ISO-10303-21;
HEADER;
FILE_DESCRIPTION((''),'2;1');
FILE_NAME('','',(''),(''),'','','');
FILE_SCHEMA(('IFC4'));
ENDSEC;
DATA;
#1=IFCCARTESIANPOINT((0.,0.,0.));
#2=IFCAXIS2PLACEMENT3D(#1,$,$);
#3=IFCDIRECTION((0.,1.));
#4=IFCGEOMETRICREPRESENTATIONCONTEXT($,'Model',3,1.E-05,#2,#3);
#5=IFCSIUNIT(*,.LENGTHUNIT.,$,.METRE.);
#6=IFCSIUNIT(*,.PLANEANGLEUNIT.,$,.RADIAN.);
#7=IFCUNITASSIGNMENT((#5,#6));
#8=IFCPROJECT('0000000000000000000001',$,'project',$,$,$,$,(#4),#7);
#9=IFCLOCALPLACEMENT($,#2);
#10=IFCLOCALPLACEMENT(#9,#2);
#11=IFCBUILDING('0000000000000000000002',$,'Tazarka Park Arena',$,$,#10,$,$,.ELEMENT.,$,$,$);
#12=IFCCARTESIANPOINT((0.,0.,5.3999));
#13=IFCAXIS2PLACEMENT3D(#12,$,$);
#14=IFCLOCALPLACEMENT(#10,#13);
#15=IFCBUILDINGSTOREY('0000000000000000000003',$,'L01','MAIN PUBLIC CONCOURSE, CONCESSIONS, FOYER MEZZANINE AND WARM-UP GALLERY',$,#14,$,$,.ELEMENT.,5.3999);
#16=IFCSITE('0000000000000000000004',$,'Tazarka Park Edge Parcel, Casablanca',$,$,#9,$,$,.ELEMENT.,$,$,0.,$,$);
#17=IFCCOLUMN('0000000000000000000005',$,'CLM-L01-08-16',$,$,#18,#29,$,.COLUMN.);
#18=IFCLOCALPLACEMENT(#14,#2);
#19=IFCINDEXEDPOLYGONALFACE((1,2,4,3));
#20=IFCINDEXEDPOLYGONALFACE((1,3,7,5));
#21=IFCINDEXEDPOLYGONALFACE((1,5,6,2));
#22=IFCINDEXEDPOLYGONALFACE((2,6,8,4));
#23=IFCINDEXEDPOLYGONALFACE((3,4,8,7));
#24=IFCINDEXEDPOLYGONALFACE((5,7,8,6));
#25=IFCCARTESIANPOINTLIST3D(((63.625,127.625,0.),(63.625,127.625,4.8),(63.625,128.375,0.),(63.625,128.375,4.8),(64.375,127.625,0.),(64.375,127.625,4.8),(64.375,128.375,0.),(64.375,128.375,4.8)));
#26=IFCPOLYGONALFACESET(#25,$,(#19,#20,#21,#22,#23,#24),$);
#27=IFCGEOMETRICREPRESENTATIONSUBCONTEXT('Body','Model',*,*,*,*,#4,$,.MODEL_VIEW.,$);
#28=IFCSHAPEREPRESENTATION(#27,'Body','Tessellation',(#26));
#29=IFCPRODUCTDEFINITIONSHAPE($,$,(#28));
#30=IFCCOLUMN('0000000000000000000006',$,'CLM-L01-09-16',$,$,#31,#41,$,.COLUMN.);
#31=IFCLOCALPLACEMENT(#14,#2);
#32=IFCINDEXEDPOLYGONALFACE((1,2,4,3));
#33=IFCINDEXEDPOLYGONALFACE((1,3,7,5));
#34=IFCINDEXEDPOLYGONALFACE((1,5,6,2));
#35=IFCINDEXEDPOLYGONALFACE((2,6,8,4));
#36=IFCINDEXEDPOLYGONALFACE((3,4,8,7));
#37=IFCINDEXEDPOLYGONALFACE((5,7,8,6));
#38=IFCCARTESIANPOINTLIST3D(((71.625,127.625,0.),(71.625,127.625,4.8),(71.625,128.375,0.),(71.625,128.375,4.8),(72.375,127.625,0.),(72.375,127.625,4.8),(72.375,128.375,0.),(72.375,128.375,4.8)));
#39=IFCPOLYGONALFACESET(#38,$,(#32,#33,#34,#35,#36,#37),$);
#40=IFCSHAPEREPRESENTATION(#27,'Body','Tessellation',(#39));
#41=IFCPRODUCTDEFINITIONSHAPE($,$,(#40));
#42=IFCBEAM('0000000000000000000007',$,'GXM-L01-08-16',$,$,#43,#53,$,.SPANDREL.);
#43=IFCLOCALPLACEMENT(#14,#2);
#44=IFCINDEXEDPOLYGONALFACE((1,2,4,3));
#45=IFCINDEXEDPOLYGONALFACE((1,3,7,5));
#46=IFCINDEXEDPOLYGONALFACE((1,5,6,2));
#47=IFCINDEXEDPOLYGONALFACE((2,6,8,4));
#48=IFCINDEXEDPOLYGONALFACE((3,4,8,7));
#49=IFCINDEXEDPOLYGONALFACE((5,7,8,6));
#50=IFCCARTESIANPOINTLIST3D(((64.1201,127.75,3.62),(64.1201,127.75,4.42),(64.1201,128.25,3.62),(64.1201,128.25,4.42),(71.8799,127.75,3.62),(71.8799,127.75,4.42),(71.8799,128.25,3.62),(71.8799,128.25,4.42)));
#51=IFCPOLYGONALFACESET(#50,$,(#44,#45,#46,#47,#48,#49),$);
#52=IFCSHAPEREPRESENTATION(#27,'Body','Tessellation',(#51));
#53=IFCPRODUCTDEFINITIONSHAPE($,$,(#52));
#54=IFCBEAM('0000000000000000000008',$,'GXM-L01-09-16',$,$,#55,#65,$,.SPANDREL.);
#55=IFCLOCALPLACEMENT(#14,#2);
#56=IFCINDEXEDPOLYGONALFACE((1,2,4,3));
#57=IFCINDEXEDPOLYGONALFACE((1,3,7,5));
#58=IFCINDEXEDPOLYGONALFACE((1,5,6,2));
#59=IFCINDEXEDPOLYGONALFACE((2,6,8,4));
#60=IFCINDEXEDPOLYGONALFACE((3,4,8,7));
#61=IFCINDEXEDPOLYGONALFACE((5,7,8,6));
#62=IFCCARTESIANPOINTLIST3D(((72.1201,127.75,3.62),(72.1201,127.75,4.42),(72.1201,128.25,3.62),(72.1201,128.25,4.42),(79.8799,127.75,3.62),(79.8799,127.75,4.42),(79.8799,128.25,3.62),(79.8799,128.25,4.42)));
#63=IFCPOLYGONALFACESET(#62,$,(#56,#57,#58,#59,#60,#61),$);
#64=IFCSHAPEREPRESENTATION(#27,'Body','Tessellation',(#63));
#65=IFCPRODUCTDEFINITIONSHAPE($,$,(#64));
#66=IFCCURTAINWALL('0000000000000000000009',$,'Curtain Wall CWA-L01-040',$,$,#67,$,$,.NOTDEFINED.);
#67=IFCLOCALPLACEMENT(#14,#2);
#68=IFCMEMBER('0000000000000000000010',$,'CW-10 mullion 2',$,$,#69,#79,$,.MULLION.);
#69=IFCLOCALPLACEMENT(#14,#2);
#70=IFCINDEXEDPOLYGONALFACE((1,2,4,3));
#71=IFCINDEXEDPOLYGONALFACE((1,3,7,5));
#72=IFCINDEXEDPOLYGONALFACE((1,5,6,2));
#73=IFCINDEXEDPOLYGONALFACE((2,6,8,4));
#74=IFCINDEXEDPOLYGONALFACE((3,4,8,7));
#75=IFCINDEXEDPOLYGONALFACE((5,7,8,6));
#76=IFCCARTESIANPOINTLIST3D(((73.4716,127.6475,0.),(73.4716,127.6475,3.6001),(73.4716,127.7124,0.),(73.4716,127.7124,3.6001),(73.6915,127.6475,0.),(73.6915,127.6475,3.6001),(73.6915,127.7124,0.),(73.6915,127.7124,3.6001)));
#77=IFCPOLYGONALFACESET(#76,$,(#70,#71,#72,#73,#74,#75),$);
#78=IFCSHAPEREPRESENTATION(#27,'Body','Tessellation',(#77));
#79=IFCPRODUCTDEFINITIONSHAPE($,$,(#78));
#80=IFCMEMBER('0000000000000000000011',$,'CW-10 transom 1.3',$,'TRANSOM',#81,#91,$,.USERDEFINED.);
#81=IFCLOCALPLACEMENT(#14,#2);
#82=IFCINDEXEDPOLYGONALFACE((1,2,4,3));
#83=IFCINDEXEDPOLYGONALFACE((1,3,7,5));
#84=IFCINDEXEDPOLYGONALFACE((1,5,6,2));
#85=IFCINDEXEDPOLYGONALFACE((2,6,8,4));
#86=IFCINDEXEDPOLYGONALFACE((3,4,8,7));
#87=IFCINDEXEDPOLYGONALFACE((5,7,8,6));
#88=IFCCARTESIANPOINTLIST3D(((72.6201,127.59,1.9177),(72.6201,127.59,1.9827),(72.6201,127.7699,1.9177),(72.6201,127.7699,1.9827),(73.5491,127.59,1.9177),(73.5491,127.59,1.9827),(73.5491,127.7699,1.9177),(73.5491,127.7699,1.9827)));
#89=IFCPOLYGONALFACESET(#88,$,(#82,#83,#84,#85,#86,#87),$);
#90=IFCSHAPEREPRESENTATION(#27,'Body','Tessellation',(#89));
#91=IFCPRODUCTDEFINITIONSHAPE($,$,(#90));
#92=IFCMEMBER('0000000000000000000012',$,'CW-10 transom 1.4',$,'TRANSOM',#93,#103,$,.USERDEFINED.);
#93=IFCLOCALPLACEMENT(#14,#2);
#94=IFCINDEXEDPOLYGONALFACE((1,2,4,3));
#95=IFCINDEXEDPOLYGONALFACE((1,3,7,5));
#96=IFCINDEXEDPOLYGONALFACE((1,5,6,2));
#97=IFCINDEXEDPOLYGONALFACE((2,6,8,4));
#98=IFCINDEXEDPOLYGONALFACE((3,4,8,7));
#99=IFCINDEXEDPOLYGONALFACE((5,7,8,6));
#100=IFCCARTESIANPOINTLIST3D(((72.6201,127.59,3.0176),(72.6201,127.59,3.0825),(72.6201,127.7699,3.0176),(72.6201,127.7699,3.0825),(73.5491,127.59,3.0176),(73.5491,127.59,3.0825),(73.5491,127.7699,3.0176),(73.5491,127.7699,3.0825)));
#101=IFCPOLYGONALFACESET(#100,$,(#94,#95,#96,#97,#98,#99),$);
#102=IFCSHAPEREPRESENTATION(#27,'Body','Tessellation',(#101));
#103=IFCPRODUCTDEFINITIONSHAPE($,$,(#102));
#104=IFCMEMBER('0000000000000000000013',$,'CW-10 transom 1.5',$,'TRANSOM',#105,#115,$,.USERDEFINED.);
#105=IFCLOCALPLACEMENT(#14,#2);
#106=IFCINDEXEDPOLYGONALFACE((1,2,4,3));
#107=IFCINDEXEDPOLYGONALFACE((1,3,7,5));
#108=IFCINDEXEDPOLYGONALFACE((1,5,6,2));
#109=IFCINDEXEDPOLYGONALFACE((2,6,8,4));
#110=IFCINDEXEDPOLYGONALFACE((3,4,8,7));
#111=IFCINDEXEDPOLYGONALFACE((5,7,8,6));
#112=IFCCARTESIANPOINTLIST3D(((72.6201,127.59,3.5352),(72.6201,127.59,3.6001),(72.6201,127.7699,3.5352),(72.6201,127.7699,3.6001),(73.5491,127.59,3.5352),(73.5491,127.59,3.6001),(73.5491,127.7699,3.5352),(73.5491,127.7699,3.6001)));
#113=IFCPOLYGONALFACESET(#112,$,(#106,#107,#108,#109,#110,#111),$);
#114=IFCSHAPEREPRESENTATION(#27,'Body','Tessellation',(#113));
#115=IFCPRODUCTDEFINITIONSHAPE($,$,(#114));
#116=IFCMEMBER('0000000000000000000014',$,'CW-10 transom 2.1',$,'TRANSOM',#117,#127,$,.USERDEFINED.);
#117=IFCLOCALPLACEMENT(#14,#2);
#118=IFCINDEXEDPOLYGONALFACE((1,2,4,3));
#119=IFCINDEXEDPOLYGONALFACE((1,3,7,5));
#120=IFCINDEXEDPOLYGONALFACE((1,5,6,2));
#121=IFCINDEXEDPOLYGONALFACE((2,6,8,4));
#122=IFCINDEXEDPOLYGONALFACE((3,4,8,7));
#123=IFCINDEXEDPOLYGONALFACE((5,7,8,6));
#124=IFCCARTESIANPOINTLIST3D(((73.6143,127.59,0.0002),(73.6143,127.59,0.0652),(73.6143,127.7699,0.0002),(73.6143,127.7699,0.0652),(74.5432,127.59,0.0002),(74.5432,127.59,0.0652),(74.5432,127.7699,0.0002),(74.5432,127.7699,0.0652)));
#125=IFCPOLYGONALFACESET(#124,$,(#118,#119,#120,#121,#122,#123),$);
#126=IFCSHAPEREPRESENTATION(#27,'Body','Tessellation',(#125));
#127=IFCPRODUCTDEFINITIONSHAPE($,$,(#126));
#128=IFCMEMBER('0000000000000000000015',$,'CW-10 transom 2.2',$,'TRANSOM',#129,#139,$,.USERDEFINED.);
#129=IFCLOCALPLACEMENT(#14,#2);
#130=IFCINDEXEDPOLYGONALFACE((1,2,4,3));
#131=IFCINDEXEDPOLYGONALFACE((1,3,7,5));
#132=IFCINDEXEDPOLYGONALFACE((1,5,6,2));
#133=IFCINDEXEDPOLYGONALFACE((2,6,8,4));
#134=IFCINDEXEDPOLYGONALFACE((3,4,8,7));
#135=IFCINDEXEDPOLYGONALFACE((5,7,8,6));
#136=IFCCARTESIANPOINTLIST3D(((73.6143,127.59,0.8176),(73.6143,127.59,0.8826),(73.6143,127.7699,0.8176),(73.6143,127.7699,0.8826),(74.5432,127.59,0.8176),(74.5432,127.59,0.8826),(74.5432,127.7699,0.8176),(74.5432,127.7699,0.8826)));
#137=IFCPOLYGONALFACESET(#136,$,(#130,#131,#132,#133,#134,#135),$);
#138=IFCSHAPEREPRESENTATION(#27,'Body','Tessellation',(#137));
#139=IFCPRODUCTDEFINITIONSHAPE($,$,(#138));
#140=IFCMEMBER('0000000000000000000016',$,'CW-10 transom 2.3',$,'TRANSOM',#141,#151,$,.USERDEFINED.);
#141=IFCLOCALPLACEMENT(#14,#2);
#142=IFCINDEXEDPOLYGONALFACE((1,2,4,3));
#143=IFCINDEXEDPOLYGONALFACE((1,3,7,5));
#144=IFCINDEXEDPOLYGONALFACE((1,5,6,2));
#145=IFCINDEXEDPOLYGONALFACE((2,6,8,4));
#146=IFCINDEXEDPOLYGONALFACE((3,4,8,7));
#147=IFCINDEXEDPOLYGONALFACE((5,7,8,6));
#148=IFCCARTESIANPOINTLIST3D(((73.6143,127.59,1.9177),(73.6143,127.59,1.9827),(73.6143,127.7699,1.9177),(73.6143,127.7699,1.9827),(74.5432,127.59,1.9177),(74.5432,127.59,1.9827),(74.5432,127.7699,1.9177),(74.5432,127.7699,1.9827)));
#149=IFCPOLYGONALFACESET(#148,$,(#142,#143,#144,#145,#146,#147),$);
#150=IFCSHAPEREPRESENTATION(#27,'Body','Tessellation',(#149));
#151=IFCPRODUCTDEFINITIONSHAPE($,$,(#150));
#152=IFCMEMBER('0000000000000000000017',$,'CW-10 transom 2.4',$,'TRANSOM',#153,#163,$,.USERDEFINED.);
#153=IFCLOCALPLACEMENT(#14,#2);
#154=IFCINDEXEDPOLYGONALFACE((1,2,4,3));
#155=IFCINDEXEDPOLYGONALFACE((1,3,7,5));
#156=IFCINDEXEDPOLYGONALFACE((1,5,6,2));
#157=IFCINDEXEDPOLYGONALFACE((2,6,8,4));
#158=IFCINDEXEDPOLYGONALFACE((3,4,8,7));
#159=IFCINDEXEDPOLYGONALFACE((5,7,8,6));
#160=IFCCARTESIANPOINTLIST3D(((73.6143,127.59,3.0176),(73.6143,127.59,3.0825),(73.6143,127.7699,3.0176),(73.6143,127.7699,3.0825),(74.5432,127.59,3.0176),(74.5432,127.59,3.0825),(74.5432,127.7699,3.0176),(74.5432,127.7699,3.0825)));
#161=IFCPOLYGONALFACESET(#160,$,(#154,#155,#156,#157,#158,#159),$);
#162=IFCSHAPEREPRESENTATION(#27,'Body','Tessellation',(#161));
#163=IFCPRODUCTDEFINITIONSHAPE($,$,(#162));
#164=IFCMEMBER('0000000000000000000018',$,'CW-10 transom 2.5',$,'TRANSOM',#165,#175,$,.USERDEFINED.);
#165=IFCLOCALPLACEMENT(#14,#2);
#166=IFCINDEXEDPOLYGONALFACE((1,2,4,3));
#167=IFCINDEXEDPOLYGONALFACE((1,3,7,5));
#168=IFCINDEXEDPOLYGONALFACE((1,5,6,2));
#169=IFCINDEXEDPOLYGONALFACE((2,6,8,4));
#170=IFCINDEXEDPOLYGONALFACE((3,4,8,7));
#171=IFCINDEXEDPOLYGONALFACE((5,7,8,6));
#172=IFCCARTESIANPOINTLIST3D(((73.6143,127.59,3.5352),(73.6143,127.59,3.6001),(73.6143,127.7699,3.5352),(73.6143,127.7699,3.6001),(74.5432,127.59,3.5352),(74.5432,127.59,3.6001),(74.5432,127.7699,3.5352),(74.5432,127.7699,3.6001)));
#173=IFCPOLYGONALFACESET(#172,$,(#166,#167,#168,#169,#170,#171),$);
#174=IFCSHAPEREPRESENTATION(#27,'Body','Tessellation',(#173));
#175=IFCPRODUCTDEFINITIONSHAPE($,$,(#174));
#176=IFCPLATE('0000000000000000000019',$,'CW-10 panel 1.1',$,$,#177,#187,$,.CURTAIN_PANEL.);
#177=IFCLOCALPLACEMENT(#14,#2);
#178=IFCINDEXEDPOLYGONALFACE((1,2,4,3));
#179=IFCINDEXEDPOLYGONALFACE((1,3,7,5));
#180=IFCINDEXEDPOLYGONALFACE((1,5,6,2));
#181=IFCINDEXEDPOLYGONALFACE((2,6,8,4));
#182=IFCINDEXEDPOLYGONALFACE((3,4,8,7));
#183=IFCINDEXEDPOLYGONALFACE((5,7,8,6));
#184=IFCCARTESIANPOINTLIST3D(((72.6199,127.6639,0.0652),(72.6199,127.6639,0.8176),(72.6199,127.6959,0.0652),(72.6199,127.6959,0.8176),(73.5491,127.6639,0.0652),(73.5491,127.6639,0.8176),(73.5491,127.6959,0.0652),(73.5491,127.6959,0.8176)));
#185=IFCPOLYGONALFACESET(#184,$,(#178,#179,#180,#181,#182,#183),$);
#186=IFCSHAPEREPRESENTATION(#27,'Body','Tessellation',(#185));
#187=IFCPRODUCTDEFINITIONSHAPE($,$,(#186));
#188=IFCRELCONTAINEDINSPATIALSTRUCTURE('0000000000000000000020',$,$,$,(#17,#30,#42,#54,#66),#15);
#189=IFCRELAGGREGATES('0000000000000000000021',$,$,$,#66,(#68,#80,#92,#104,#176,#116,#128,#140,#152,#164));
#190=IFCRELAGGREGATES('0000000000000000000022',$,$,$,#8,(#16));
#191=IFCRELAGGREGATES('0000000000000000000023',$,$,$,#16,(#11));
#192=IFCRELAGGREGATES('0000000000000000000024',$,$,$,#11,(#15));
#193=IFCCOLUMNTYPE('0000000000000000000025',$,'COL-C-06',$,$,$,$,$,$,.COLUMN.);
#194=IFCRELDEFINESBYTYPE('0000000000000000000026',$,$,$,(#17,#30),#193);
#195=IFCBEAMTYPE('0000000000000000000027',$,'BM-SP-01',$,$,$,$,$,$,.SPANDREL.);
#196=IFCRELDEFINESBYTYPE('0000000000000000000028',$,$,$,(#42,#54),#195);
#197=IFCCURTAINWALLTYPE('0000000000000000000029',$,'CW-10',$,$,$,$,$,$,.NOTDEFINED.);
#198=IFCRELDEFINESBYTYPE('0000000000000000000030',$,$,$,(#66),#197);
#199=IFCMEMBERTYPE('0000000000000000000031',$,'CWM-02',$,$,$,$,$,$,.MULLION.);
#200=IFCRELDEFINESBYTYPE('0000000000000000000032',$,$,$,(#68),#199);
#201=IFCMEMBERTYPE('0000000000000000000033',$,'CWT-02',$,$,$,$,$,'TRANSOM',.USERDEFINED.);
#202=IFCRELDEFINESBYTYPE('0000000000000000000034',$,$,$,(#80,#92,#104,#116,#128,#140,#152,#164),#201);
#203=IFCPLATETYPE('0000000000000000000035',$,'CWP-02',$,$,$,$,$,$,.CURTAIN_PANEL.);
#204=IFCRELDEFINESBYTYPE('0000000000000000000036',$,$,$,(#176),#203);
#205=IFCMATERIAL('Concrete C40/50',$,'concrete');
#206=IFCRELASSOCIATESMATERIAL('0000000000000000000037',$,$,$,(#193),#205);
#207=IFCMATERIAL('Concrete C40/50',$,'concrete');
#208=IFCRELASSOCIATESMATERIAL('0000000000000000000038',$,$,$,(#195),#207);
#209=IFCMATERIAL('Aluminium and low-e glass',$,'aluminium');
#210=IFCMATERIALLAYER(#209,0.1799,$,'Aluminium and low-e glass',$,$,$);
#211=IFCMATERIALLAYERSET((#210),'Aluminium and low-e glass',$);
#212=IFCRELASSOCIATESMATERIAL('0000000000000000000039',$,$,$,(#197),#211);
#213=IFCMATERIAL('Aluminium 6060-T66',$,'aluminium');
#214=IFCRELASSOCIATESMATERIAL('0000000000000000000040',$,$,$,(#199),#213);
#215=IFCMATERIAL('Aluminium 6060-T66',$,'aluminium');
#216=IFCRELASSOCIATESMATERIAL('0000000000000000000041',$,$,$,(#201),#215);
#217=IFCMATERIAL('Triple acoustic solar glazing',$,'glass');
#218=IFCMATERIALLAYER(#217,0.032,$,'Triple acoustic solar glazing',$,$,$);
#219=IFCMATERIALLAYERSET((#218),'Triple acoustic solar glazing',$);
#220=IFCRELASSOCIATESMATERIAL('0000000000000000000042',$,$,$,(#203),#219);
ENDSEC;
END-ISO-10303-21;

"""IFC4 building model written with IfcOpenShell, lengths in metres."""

from ifc_helpers import new_model, si_unit, direction, frame, origin, origin_2d, place, context, subcontext, project, spatial, rectangle, extrude, material, layer, layer_set, material_profile, profile_set, type_object, element, aggregate, save


model = new_model("IFC4")

# Units and contexts
model_context = context("Model", 3, precision=1e-05, world=origin(), true_north=direction((0.0, 1.0)))
body_context = subcontext(model_context, "Body", "Model", "MODEL_VIEW")
ifc_project = project(units=[si_unit("LENGTHUNIT", "METRE"), si_unit("PLANEANGLEUNIT", "RADIAN")], contexts=[model_context])

# Site, building, storey
site_placement = place(None, origin())
site = spatial("IfcSite", under=ifc_project, at=site_placement, Name="Tazarka Park Edge Parcel, Casablanca", CompositionType="ELEMENT", RefElevation=0.0)
building_placement = place(site_placement, origin())
building = spatial("IfcBuilding", under=site, at=building_placement, Name="Tazarka Park Arena", CompositionType="ELEMENT")
storey_placement = place(building_placement, frame((0.0, 0.0, 5.3999)))
storey = spatial("IfcBuildingStorey", under=building, at=storey_placement, Name="L01", Description="MAIN PUBLIC CONCOURSE, CONCESSIONS, FOYER MEZZANINE AND WARM-UP GALLERY", CompositionType="ELEMENT", Elevation=5.3999)

# Columns
ifc_material_1 = material(Name="Concrete C40/50", Category="concrete")
ifc_material_profile_1 = material_profile(ifc_material_1, rectangle(XDim=0.75, YDim=0.75, at=origin_2d()), Name="Concrete C40/50")
ifc_profile_set_1 = profile_set([ifc_material_profile_1], Name="Concrete C40/50")
column_type = type_object("IfcColumnType", Name="COL-C-06", PredefinedType="COLUMN", material=ifc_profile_set_1)
for number, where, z_axis, x_axis, name in (
    (1, (64.0, 128.0, 0.0), (0.0, 0.0, 1.0), (1.0, 0.0, 0.0), "CLM-L01-08-16"),
    (2, (72.0, 128.0, 0.0), (0.0, 0.0, 1.0), (1.0, 0.0, 0.0), "CLM-L01-09-16"),
):
    element("IfcColumn", number, at=place(storey_placement, frame(where, z_axis=z_axis, x_axis=x_axis)), inside=storey, type_object=column_type, Name=name, PredefinedType="COLUMN", context=body_context, shape_type="SweptSolid", body=[
        extrude(rectangle(XDim=0.75, YDim=0.75, at=origin_2d()), origin(), (0.0, 0.0, 1.0), 4.8),
    ])

# Beams
ifc_material_2 = material(Name="Concrete C40/50", Category="concrete")
ifc_material_profile_2 = material_profile(ifc_material_2, rectangle(XDim=0.5, YDim=0.8, at=origin_2d()), Name="Concrete C40/50")
ifc_profile_set_2 = profile_set([ifc_material_profile_2], Name="Concrete C40/50")
beam_type = type_object("IfcBeamType", Name="BM-SP-01", PredefinedType="SPANDREL", material=ifc_profile_set_2)
for number, where, z_axis, x_axis, name in (
    (3, (64.1201, 128.0, 4.02), (1.0, 0.0, 0.0), (0.0, 1.0, 0.0), "GXM-L01-08-16"),
    (4, (72.1201, 128.0, 4.02), (1.0, 0.0, 0.0), (0.0, 1.0, 0.0), "GXM-L01-09-16"),
):
    element("IfcBeam", number, at=place(storey_placement, frame(where, z_axis=z_axis, x_axis=x_axis)), inside=storey, type_object=beam_type, Name=name, PredefinedType="SPANDREL", context=body_context, shape_type="SweptSolid", body=[
        extrude(rectangle(XDim=0.5, YDim=0.8, at=origin_2d()), origin(), (0.0, 0.0, 1.0), 7.7598),
    ])

# Curtain wall, members, plate
ifc_material_3 = material(Name="Aluminium and low-e glass", Category="aluminium")
ifc_layer_1 = layer(ifc_material_3, 0.1799, Name="Aluminium and low-e glass")
ifc_layer_set_1 = layer_set([ifc_layer_1], Name="Aluminium and low-e glass")
curtain_wall_type = type_object("IfcCurtainWallType", Name="CW-10", PredefinedType="NOTDEFINED", material=ifc_layer_set_1)
curtain_wall_placement = place(storey_placement, origin())
curtain_wall = element("IfcCurtainWall", 5, at=curtain_wall_placement, inside=storey, type_object=curtain_wall_type, Name="Curtain Wall CWA-L01-040", PredefinedType="NOTDEFINED")
ifc_material_4 = material(Name="Aluminium 6060-T66", Category="aluminium")
ifc_material_profile_3 = material_profile(ifc_material_4, rectangle(XDim=0.0649, YDim=0.22, at=origin_2d()), Name="Aluminium 6060-T66")
ifc_profile_set_3 = profile_set([ifc_material_profile_3], Name="Aluminium 6060-T66")
member_type_1 = type_object("IfcMemberType", Name="CWM-02", PredefinedType="MULLION", material=ifc_profile_set_3)
member_1_placement = place(storey_placement, frame((73.5815, 127.6799, 0.0), z_axis=(0.0, 0.0, 1.0), x_axis=(0.0, 1.0, 0.0)))
member_1 = element("IfcMember", 6, at=member_1_placement, type_object=member_type_1, Name="CW-10 mullion 2", PredefinedType="MULLION", context=body_context, shape_type="SweptSolid", body=[
    extrude(rectangle(XDim=0.0649, YDim=0.22, at=origin_2d()), origin(), (0.0, 0.0, 1.0), 3.6001),
])
ifc_material_5 = material(Name="Aluminium 6060-T66", Category="aluminium")
ifc_material_profile_4 = material_profile(ifc_material_5, rectangle(XDim=0.1799, YDim=0.0649, at=origin_2d()), Name="Aluminium 6060-T66")
ifc_profile_set_4 = profile_set([ifc_material_profile_4], Name="Aluminium 6060-T66")
member_type_2 = type_object("IfcMemberType", Name="CWT-02", ElementType="TRANSOM", PredefinedType="USERDEFINED", material=ifc_profile_set_4)
member_2_placement = place(storey_placement, frame((72.6201, 127.6799, 1.9502), z_axis=(1.0, 0.0, 0.0), x_axis=(0.0, 1.0, 0.0)))
member_2 = element("IfcMember", 7, at=member_2_placement, type_object=member_type_2, Name="CW-10 transom 1.3", ObjectType="TRANSOM", PredefinedType="USERDEFINED", context=body_context, shape_type="SweptSolid", body=[
    extrude(rectangle(XDim=0.1799, YDim=0.0649, at=origin_2d()), origin(), (0.0, 0.0, 1.0), 0.929),
])
member_3_placement = place(storey_placement, frame((72.6201, 127.6799, 3.05), z_axis=(1.0, 0.0, 0.0), x_axis=(0.0, 1.0, 0.0)))
member_3 = element("IfcMember", 8, at=member_3_placement, type_object=member_type_2, Name="CW-10 transom 1.4", ObjectType="TRANSOM", PredefinedType="USERDEFINED", context=body_context, shape_type="SweptSolid", body=[
    extrude(rectangle(XDim=0.1799, YDim=0.0649, at=origin_2d()), origin(), (0.0, 0.0, 1.0), 0.929),
])
member_4_placement = place(storey_placement, frame((72.6201, 127.6799, 3.5676), z_axis=(1.0, 0.0, 0.0), x_axis=(0.0, 1.0, 0.0)))
member_4 = element("IfcMember", 9, at=member_4_placement, type_object=member_type_2, Name="CW-10 transom 1.5", ObjectType="TRANSOM", PredefinedType="USERDEFINED", context=body_context, shape_type="SweptSolid", body=[
    extrude(rectangle(XDim=0.1799, YDim=0.0649, at=origin_2d()), origin(), (0.0, 0.0, 1.0), 0.929),
])
member_5_placement = place(storey_placement, frame((73.6143, 127.6799, 0.0327), z_axis=(1.0, 0.0, 0.0), x_axis=(0.0, 1.0, 0.0)))
member_5 = element("IfcMember", 10, at=member_5_placement, type_object=member_type_2, Name="CW-10 transom 2.1", ObjectType="TRANSOM", PredefinedType="USERDEFINED", context=body_context, shape_type="SweptSolid", body=[
    extrude(rectangle(XDim=0.1799, YDim=0.0649, at=origin_2d()), origin(), (0.0, 0.0, 1.0), 0.929),
])
member_6_placement = place(storey_placement, frame((73.6143, 127.6799, 0.8501), z_axis=(1.0, 0.0, 0.0), x_axis=(0.0, 1.0, 0.0)))
member_6 = element("IfcMember", 11, at=member_6_placement, type_object=member_type_2, Name="CW-10 transom 2.2", ObjectType="TRANSOM", PredefinedType="USERDEFINED", context=body_context, shape_type="SweptSolid", body=[
    extrude(rectangle(XDim=0.1799, YDim=0.0649, at=origin_2d()), origin(), (0.0, 0.0, 1.0), 0.929),
])
member_7_placement = place(storey_placement, frame((73.6143, 127.6799, 1.9502), z_axis=(1.0, 0.0, 0.0), x_axis=(0.0, 1.0, 0.0)))
member_7 = element("IfcMember", 12, at=member_7_placement, type_object=member_type_2, Name="CW-10 transom 2.3", ObjectType="TRANSOM", PredefinedType="USERDEFINED", context=body_context, shape_type="SweptSolid", body=[
    extrude(rectangle(XDim=0.1799, YDim=0.0649, at=origin_2d()), origin(), (0.0, 0.0, 1.0), 0.929),
])
member_8_placement = place(storey_placement, frame((73.6143, 127.6799, 3.05), z_axis=(1.0, 0.0, 0.0), x_axis=(0.0, 1.0, 0.0)))
member_8 = element("IfcMember", 13, at=member_8_placement, type_object=member_type_2, Name="CW-10 transom 2.4", ObjectType="TRANSOM", PredefinedType="USERDEFINED", context=body_context, shape_type="SweptSolid", body=[
    extrude(rectangle(XDim=0.1799, YDim=0.0649, at=origin_2d()), origin(), (0.0, 0.0, 1.0), 0.929),
])
member_9_placement = place(storey_placement, frame((73.6143, 127.6799, 3.5676), z_axis=(1.0, 0.0, 0.0), x_axis=(0.0, 1.0, 0.0)))
member_9 = element("IfcMember", 14, at=member_9_placement, type_object=member_type_2, Name="CW-10 transom 2.5", ObjectType="TRANSOM", PredefinedType="USERDEFINED", context=body_context, shape_type="SweptSolid", body=[
    extrude(rectangle(XDim=0.1799, YDim=0.0649, at=origin_2d()), origin(), (0.0, 0.0, 1.0), 0.929),
])
ifc_material_6 = material(Name="Triple acoustic solar glazing", Category="glass")
ifc_layer_2 = layer(ifc_material_6, 0.032, Name="Triple acoustic solar glazing")
ifc_layer_set_2 = layer_set([ifc_layer_2], Name="Triple acoustic solar glazing")
plate_type = type_object("IfcPlateType", Name="CWP-02", PredefinedType="CURTAIN_PANEL", material=ifc_layer_set_2)
plate_1_placement = place(storey_placement, frame((73.0845, 127.6799, 0.0652), z_axis=(0.0, 0.0, 1.0), x_axis=(1.0, 0.0, 0.0)))
plate_1 = element("IfcPlate", 15, at=plate_1_placement, type_object=plate_type, Name="CW-10 panel 1.1", PredefinedType="CURTAIN_PANEL", context=body_context, shape_type="SweptSolid", body=[
    extrude(rectangle(XDim=0.9292, YDim=0.032, at=origin_2d()), origin(), (0.0, 0.0, 1.0), 0.7524),
])
aggregate(curtain_wall, [member_1, member_2, member_3, member_4, plate_1, member_5, member_6, member_7, member_8, member_9])

save(model, "model.ifc")
